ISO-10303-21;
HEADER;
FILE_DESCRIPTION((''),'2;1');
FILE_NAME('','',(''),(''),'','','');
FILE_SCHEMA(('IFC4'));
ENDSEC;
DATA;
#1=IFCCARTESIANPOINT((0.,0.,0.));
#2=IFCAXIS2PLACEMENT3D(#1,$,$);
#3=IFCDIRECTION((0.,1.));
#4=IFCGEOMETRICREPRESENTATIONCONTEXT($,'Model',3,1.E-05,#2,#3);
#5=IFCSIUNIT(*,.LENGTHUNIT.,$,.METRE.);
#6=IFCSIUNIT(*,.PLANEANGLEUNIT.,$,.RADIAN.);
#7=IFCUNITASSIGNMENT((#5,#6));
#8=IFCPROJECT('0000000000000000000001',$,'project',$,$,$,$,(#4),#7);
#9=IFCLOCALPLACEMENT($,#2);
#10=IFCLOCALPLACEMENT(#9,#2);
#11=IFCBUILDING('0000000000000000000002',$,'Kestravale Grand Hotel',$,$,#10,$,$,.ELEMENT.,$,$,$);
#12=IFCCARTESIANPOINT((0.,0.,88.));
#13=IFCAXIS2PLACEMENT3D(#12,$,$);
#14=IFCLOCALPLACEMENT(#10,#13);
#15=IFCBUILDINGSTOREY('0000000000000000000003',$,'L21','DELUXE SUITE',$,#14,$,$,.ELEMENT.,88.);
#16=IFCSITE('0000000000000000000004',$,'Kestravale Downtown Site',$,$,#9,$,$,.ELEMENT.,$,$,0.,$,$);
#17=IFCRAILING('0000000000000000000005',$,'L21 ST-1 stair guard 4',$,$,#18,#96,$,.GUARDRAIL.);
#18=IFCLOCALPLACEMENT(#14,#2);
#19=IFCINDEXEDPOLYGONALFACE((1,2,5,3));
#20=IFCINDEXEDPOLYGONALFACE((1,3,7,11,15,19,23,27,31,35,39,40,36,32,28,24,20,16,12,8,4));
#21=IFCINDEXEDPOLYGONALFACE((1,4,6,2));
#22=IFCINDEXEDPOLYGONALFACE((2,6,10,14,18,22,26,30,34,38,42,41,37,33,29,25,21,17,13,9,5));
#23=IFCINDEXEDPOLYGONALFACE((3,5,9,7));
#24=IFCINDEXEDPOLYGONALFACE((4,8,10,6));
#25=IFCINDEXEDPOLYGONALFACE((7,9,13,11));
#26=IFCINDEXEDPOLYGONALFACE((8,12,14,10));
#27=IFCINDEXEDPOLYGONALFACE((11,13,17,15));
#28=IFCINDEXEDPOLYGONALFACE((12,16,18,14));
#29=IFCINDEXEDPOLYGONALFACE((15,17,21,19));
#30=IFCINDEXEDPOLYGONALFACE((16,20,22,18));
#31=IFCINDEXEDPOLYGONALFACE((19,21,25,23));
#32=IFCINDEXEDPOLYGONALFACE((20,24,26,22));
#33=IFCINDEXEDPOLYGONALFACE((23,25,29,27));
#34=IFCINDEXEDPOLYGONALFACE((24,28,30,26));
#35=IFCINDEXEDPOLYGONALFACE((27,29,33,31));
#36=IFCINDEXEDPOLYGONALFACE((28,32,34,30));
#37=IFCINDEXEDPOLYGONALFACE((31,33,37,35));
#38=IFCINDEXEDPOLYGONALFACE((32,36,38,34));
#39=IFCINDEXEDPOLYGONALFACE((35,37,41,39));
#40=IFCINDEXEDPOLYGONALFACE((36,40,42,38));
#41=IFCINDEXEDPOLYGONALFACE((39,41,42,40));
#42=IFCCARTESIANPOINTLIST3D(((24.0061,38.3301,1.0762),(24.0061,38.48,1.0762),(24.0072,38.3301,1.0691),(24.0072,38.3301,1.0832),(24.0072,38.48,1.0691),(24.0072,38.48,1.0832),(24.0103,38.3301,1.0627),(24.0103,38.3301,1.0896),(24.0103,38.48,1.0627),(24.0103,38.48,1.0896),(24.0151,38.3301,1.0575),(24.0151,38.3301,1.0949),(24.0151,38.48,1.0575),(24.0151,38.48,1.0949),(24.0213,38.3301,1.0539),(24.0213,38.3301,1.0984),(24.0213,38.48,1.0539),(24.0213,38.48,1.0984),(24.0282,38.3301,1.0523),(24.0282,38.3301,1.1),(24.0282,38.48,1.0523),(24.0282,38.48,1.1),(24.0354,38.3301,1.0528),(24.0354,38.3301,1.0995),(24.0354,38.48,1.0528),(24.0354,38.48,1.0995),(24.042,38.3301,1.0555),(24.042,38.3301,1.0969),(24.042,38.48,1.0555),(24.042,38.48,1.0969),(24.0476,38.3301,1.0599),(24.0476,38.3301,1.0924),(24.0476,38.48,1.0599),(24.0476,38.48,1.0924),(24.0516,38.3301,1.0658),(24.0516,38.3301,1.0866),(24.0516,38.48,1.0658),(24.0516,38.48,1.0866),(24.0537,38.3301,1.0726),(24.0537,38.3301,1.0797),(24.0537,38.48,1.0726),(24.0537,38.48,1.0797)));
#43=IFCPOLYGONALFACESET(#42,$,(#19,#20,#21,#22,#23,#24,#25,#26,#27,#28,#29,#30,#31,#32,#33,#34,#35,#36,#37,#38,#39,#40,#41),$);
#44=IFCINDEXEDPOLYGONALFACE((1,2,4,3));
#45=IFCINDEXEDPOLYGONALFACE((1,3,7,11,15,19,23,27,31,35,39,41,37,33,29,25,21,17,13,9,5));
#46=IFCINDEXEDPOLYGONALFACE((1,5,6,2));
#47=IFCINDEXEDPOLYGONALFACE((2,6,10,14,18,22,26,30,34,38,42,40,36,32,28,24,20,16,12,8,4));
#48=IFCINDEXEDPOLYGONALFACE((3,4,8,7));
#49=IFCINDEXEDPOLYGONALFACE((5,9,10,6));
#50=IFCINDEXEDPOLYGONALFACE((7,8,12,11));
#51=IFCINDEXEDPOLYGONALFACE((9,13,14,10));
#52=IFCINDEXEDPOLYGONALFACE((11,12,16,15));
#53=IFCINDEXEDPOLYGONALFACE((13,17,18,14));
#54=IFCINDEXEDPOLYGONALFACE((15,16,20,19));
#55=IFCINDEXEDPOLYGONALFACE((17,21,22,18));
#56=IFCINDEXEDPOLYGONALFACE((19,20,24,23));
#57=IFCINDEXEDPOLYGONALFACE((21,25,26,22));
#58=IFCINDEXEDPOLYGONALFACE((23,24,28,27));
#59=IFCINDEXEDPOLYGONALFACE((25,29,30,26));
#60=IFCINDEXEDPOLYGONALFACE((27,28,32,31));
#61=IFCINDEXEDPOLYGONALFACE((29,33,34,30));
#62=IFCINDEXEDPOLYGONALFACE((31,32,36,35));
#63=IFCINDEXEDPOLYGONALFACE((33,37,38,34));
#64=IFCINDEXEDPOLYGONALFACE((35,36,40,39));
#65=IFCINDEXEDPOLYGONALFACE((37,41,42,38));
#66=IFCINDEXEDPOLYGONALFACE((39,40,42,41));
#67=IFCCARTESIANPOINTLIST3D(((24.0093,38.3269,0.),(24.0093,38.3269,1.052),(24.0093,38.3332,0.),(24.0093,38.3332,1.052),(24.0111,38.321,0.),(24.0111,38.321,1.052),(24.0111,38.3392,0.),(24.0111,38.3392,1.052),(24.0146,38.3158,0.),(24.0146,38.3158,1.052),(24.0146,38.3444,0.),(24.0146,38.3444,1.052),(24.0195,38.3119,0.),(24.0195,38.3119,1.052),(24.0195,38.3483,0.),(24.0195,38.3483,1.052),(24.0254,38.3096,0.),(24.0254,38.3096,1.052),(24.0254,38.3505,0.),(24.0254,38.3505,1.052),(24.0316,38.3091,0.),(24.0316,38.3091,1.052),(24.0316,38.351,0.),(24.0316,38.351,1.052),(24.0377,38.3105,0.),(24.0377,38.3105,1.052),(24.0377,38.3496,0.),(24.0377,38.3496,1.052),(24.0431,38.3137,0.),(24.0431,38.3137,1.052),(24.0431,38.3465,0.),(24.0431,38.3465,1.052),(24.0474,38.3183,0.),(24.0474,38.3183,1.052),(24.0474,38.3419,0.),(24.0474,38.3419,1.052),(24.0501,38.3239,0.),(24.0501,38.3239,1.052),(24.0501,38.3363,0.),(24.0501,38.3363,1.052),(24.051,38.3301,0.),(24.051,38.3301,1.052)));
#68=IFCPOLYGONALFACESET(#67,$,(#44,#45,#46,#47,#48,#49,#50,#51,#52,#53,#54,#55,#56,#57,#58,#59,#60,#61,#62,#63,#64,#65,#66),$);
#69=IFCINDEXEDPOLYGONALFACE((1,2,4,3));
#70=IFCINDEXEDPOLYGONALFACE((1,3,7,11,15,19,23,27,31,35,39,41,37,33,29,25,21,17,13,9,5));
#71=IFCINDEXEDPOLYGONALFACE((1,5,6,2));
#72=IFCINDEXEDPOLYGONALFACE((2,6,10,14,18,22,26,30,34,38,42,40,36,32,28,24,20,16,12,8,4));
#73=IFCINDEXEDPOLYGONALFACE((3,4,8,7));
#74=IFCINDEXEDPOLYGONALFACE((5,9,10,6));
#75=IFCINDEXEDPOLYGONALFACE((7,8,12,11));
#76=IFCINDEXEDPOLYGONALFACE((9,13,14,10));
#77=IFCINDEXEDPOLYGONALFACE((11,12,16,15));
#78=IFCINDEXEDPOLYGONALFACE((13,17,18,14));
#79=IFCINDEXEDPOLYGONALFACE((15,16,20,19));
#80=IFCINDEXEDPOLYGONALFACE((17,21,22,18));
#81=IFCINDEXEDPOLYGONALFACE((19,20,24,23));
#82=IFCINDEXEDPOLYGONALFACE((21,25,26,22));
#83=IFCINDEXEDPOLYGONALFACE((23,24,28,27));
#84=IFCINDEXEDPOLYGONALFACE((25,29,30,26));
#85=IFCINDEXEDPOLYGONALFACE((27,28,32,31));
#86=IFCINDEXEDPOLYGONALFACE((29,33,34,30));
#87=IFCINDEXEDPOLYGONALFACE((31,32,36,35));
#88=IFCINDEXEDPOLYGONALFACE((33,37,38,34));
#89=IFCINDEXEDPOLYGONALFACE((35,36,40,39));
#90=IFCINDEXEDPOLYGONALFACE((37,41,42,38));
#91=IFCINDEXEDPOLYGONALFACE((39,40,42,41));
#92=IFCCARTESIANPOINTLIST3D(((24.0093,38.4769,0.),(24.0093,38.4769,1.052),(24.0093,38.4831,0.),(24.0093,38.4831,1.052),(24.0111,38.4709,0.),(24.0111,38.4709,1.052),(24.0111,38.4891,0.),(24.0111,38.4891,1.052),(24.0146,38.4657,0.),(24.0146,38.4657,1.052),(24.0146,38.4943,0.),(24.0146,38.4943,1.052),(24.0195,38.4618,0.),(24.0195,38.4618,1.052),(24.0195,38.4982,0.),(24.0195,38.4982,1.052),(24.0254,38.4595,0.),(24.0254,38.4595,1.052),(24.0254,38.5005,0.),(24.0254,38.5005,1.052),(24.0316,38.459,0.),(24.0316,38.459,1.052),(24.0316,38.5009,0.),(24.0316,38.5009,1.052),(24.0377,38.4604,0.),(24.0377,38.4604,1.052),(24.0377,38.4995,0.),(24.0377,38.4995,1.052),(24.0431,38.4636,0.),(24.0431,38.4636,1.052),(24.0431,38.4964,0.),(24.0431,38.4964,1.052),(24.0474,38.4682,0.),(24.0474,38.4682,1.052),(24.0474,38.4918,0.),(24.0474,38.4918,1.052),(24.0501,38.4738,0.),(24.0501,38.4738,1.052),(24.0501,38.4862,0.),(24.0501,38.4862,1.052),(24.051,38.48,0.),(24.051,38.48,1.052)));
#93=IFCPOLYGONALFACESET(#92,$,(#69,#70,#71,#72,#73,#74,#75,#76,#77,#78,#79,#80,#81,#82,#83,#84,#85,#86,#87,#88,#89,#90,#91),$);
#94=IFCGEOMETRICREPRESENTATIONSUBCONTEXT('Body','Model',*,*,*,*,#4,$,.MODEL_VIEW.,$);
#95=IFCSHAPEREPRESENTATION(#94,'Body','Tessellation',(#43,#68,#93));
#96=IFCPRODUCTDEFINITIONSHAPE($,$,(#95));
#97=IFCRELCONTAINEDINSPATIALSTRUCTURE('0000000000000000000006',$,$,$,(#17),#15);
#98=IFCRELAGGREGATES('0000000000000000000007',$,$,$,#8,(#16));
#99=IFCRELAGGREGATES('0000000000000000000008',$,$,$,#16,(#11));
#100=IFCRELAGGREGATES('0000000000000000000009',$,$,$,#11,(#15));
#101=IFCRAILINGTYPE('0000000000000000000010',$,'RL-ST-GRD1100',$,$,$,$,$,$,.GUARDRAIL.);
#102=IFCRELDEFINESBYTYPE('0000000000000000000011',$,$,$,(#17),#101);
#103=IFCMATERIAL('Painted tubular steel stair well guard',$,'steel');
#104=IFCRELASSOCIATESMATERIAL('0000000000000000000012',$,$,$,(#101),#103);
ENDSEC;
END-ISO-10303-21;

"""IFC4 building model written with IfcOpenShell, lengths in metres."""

from ifc_helpers import new_model, si_unit, direction, frame, origin, origin_2d, place, context, subcontext, project, spatial, circle, extrude, material, type_object, element, save


model = new_model("IFC4")

# Units and contexts
model_context = context("Model", 3, precision=1e-05, world=origin(), true_north=direction((0.0, 1.0)))
body_context = subcontext(model_context, "Body", "Model", "MODEL_VIEW")
ifc_project = project(units=[si_unit("LENGTHUNIT", "METRE"), si_unit("PLANEANGLEUNIT", "RADIAN")], contexts=[model_context])

# Site, building, storey
site_placement = place(None, origin())
site = spatial("IfcSite", under=ifc_project, at=site_placement, Name="Kestravale Downtown Site", CompositionType="ELEMENT", RefElevation=0.0)
building_placement = place(site_placement, origin())
building = spatial("IfcBuilding", under=site, at=building_placement, Name="Kestravale Grand Hotel", CompositionType="ELEMENT")
storey_placement = place(building_placement, frame((0.0, 0.0, 88.0)))
storey = spatial("IfcBuildingStorey", under=building, at=storey_placement, Name="L21", Description="DELUXE SUITE", CompositionType="ELEMENT", Elevation=88.0)

# Railing
ifc_material_1 = material(Name="Painted tubular steel stair well guard", Category="steel")
railing_type_1 = type_object("IfcRailingType", Name="RL-ST-GRD1100", PredefinedType="GUARDRAIL", material=ifc_material_1)
railing_1_placement = place(storey_placement, frame((24.03, 38.3301, 0.0)))
element("IfcRailing", 1, at=railing_1_placement, inside=storey, type_object=railing_type_1, Name="L21 ST-1 stair guard 4", PredefinedType="GUARDRAIL", context=body_context, shape_type="SweptSolid", body=[
    extrude(circle(Radius=0.0239, at=origin_2d()), frame((0.0, 0.0, 1.0762), z_axis=(0.0, 1.0, 0.0), x_axis=(-1.0, 0.0, 0.0)), (0.0, 0.0, 1.0), 0.1499),
    extrude(circle(Radius=0.021, at=origin_2d()), origin(), (0.0, 0.0, 1.0), 1.052),
    extrude(circle(Radius=0.021, at=origin_2d()), frame((0.0, 0.1499, 0.0)), (0.0, 0.0, 1.0), 1.052),
])

save(model, "model.ifc")
